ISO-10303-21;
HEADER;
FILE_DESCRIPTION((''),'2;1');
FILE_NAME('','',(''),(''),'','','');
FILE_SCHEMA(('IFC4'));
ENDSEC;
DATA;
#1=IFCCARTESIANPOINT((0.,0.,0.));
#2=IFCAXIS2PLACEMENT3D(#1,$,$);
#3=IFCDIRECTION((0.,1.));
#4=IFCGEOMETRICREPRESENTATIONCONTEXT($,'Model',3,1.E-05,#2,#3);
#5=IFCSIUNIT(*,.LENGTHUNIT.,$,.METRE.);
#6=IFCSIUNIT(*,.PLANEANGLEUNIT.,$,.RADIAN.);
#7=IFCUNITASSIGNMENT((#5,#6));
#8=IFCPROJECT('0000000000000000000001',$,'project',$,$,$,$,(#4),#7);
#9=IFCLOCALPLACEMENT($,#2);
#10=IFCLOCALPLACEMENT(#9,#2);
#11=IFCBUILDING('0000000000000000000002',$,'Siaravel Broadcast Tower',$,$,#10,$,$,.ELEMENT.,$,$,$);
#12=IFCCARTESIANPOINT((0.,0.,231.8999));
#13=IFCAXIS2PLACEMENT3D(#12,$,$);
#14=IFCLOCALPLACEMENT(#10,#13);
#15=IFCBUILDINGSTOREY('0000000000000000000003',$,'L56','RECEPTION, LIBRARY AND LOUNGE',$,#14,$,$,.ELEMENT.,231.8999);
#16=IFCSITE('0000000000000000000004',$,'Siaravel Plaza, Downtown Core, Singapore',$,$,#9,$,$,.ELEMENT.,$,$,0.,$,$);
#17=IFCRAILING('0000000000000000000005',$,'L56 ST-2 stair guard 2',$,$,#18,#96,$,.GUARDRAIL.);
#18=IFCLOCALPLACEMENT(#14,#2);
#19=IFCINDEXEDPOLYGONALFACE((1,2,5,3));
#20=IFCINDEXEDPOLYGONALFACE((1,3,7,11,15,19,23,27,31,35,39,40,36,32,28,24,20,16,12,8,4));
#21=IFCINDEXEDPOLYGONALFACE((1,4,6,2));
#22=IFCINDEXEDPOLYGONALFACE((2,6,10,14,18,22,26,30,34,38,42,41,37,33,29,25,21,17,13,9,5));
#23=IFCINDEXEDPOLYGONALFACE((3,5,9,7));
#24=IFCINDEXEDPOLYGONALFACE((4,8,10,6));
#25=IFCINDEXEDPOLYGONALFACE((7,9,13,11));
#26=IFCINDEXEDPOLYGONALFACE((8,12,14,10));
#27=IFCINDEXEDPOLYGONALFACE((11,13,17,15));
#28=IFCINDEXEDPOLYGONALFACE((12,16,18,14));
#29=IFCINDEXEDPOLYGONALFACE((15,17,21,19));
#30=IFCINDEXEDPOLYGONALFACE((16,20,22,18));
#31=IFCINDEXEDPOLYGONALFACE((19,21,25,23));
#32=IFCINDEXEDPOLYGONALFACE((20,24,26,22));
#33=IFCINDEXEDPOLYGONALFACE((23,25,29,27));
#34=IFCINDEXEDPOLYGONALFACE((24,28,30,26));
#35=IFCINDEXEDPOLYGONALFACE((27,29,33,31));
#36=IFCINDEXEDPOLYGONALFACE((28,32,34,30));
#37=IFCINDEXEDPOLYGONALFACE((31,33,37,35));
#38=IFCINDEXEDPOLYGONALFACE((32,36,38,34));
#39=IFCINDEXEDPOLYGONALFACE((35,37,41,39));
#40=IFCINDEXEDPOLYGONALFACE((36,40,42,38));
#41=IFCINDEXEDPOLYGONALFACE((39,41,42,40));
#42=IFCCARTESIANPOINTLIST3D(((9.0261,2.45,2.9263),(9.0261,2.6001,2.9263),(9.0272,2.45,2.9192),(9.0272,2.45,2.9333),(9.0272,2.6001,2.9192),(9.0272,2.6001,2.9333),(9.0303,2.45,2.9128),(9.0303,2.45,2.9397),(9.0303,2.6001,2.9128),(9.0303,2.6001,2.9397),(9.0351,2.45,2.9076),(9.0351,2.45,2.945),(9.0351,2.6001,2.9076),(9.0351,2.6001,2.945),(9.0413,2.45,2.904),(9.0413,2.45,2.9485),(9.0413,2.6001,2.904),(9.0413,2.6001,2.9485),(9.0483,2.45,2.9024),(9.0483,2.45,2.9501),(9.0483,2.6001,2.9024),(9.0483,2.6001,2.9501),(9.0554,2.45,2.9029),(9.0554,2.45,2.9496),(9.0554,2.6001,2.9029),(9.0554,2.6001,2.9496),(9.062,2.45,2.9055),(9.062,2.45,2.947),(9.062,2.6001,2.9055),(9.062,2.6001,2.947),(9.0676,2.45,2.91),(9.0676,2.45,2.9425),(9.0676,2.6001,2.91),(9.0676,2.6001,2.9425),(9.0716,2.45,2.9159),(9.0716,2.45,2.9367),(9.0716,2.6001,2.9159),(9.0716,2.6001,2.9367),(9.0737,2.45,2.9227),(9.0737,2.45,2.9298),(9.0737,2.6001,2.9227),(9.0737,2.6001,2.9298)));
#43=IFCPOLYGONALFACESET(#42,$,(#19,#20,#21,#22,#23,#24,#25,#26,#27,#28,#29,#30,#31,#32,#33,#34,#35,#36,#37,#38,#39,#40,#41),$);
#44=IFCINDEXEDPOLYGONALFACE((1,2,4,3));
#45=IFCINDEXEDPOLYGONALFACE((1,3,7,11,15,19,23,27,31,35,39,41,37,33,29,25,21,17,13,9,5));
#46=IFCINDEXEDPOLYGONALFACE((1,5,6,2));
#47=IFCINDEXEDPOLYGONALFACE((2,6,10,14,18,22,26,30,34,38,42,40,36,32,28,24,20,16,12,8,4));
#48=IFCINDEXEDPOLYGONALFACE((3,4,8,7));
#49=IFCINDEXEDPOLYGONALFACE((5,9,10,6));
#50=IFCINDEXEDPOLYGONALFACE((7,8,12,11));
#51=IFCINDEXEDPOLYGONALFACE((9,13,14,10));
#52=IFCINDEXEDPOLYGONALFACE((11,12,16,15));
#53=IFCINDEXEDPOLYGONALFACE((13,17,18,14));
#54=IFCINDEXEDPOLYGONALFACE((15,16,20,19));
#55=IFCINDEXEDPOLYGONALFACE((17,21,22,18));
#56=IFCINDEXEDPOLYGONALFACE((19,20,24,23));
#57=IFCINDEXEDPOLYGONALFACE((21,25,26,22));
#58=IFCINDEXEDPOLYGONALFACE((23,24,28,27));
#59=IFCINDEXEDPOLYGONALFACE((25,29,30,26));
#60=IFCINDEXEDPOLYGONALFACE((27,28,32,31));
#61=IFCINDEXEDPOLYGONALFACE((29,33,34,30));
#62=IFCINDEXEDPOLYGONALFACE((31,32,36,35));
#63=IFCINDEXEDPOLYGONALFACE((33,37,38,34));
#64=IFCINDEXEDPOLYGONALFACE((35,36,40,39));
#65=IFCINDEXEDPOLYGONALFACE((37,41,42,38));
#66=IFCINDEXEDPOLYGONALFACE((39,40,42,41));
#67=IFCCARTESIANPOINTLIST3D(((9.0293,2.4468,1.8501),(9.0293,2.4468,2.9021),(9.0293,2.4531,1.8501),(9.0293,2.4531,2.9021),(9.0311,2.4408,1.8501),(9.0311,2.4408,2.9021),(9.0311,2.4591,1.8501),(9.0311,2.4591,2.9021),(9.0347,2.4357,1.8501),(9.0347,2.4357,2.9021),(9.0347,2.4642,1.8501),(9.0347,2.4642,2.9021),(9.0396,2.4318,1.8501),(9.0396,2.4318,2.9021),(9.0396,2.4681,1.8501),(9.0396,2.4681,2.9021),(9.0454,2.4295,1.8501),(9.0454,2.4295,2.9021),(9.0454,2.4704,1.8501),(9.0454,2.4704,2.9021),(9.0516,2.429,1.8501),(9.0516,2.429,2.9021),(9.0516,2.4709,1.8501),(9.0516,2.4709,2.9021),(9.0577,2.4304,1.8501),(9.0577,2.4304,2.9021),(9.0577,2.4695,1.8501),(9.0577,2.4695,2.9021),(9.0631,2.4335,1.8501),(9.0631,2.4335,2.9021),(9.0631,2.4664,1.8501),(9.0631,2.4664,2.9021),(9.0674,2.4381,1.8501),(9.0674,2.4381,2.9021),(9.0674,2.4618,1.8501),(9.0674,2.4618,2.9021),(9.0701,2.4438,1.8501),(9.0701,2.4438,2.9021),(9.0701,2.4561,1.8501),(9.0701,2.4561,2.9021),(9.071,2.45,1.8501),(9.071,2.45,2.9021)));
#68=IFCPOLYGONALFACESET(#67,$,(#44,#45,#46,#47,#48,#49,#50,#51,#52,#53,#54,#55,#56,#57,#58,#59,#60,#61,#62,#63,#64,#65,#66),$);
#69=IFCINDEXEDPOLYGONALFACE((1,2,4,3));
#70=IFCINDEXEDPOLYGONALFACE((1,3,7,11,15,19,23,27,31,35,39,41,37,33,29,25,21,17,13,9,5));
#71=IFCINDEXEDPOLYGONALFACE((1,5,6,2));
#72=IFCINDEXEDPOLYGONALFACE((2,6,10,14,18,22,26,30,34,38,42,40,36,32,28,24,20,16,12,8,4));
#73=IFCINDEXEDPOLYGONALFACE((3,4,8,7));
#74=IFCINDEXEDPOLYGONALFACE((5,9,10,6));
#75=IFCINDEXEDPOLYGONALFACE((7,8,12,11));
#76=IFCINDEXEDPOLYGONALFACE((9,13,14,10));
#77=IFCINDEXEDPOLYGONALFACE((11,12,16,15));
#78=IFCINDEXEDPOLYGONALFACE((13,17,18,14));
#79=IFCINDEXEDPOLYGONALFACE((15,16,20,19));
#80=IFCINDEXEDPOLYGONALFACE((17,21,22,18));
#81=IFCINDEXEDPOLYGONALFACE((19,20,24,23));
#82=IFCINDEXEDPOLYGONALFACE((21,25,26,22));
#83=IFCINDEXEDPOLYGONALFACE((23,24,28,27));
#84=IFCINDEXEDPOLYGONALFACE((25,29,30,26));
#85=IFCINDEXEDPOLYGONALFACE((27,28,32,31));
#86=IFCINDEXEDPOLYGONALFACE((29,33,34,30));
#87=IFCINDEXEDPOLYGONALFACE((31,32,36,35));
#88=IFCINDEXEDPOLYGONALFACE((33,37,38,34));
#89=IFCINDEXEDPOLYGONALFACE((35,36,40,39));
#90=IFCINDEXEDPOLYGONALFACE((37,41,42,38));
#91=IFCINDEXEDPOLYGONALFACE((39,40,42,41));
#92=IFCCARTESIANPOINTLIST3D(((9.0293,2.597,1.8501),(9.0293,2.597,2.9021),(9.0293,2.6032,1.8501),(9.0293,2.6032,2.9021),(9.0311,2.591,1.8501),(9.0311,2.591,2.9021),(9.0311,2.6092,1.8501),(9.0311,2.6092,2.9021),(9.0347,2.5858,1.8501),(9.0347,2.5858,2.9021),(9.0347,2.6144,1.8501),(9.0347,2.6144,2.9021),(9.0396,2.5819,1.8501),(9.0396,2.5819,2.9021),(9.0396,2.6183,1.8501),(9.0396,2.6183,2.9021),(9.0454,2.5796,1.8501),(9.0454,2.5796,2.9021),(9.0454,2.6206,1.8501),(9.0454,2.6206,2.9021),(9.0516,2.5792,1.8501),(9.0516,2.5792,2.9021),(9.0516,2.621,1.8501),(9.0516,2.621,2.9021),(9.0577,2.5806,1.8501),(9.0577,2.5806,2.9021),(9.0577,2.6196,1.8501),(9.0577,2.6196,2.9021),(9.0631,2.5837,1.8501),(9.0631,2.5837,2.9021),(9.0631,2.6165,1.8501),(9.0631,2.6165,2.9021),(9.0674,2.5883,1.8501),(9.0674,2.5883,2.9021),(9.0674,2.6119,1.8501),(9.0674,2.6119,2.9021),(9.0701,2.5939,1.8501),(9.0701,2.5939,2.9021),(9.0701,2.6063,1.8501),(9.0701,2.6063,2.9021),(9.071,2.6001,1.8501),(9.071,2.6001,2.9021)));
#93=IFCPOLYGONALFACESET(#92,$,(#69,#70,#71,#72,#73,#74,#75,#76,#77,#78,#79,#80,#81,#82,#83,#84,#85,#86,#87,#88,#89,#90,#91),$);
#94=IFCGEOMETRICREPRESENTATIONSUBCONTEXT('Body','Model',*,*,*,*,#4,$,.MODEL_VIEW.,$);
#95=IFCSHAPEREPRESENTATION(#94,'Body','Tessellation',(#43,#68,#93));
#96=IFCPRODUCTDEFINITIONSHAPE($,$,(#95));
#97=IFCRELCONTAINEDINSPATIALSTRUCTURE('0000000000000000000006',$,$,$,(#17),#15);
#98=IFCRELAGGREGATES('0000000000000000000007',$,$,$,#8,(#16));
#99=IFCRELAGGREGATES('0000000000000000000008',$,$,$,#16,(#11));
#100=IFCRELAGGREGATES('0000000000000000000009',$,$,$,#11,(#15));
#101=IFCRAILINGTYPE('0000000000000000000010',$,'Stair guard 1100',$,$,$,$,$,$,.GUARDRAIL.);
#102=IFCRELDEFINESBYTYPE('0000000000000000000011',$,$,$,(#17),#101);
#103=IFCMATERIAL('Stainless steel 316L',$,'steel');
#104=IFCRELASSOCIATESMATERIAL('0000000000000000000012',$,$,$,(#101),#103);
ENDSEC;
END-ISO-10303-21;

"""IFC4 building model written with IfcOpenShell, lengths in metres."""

from ifc_helpers import new_model, si_unit, direction, frame, origin, origin_2d, place, context, subcontext, project, spatial, circle, extrude, material, type_object, element, save


model = new_model("IFC4")

# Units and contexts
model_context = context("Model", 3, precision=1e-05, world=origin(), true_north=direction((0.0, 1.0)))
body_context = subcontext(model_context, "Body", "Model", "MODEL_VIEW")
ifc_project = project(units=[si_unit("LENGTHUNIT", "METRE"), si_unit("PLANEANGLEUNIT", "RADIAN")], contexts=[model_context])

# Site, building, storey
site_placement = place(None, origin())
site = spatial("IfcSite", under=ifc_project, at=site_placement, Name="Siaravel Plaza, Downtown Core, Singapore", CompositionType="ELEMENT", RefElevation=0.0)
building_placement = place(site_placement, origin())
building = spatial("IfcBuilding", under=site, at=building_placement, Name="Siaravel Broadcast Tower", CompositionType="ELEMENT")
storey_placement = place(building_placement, frame((0.0, 0.0, 231.8999)))
storey = spatial("IfcBuildingStorey", under=building, at=storey_placement, Name="L56", Description="RECEPTION, LIBRARY AND LOUNGE", CompositionType="ELEMENT", Elevation=231.8999)

# Railing
ifc_material_1 = material(Name="Stainless steel 316L", Category="steel")
railing_type_1 = type_object("IfcRailingType", Name="Stair guard 1100", PredefinedType="GUARDRAIL", material=ifc_material_1)
railing_1_placement = place(storey_placement, frame((9.05, 2.45, 1.8501)))
element("IfcRailing", 1, at=railing_1_placement, inside=storey, type_object=railing_type_1, Name="L56 ST-2 stair guard 2", PredefinedType="GUARDRAIL", context=body_context, shape_type="SweptSolid", body=[
    extrude(circle(Radius=0.0239, at=origin_2d()), frame((0.0, 0.0, 1.0762), z_axis=(0.0, 1.0, 0.0), x_axis=(-1.0, 0.0, 0.0)), (0.0, 0.0, 1.0), 0.1501),
    extrude(circle(Radius=0.021, at=origin_2d()), origin(), (0.0, 0.0, 1.0), 1.052),
    extrude(circle(Radius=0.021, at=origin_2d()), frame((0.0, 0.1501, 0.0)), (0.0, 0.0, 1.0), 1.052),
])

save(model, "model.ifc")
